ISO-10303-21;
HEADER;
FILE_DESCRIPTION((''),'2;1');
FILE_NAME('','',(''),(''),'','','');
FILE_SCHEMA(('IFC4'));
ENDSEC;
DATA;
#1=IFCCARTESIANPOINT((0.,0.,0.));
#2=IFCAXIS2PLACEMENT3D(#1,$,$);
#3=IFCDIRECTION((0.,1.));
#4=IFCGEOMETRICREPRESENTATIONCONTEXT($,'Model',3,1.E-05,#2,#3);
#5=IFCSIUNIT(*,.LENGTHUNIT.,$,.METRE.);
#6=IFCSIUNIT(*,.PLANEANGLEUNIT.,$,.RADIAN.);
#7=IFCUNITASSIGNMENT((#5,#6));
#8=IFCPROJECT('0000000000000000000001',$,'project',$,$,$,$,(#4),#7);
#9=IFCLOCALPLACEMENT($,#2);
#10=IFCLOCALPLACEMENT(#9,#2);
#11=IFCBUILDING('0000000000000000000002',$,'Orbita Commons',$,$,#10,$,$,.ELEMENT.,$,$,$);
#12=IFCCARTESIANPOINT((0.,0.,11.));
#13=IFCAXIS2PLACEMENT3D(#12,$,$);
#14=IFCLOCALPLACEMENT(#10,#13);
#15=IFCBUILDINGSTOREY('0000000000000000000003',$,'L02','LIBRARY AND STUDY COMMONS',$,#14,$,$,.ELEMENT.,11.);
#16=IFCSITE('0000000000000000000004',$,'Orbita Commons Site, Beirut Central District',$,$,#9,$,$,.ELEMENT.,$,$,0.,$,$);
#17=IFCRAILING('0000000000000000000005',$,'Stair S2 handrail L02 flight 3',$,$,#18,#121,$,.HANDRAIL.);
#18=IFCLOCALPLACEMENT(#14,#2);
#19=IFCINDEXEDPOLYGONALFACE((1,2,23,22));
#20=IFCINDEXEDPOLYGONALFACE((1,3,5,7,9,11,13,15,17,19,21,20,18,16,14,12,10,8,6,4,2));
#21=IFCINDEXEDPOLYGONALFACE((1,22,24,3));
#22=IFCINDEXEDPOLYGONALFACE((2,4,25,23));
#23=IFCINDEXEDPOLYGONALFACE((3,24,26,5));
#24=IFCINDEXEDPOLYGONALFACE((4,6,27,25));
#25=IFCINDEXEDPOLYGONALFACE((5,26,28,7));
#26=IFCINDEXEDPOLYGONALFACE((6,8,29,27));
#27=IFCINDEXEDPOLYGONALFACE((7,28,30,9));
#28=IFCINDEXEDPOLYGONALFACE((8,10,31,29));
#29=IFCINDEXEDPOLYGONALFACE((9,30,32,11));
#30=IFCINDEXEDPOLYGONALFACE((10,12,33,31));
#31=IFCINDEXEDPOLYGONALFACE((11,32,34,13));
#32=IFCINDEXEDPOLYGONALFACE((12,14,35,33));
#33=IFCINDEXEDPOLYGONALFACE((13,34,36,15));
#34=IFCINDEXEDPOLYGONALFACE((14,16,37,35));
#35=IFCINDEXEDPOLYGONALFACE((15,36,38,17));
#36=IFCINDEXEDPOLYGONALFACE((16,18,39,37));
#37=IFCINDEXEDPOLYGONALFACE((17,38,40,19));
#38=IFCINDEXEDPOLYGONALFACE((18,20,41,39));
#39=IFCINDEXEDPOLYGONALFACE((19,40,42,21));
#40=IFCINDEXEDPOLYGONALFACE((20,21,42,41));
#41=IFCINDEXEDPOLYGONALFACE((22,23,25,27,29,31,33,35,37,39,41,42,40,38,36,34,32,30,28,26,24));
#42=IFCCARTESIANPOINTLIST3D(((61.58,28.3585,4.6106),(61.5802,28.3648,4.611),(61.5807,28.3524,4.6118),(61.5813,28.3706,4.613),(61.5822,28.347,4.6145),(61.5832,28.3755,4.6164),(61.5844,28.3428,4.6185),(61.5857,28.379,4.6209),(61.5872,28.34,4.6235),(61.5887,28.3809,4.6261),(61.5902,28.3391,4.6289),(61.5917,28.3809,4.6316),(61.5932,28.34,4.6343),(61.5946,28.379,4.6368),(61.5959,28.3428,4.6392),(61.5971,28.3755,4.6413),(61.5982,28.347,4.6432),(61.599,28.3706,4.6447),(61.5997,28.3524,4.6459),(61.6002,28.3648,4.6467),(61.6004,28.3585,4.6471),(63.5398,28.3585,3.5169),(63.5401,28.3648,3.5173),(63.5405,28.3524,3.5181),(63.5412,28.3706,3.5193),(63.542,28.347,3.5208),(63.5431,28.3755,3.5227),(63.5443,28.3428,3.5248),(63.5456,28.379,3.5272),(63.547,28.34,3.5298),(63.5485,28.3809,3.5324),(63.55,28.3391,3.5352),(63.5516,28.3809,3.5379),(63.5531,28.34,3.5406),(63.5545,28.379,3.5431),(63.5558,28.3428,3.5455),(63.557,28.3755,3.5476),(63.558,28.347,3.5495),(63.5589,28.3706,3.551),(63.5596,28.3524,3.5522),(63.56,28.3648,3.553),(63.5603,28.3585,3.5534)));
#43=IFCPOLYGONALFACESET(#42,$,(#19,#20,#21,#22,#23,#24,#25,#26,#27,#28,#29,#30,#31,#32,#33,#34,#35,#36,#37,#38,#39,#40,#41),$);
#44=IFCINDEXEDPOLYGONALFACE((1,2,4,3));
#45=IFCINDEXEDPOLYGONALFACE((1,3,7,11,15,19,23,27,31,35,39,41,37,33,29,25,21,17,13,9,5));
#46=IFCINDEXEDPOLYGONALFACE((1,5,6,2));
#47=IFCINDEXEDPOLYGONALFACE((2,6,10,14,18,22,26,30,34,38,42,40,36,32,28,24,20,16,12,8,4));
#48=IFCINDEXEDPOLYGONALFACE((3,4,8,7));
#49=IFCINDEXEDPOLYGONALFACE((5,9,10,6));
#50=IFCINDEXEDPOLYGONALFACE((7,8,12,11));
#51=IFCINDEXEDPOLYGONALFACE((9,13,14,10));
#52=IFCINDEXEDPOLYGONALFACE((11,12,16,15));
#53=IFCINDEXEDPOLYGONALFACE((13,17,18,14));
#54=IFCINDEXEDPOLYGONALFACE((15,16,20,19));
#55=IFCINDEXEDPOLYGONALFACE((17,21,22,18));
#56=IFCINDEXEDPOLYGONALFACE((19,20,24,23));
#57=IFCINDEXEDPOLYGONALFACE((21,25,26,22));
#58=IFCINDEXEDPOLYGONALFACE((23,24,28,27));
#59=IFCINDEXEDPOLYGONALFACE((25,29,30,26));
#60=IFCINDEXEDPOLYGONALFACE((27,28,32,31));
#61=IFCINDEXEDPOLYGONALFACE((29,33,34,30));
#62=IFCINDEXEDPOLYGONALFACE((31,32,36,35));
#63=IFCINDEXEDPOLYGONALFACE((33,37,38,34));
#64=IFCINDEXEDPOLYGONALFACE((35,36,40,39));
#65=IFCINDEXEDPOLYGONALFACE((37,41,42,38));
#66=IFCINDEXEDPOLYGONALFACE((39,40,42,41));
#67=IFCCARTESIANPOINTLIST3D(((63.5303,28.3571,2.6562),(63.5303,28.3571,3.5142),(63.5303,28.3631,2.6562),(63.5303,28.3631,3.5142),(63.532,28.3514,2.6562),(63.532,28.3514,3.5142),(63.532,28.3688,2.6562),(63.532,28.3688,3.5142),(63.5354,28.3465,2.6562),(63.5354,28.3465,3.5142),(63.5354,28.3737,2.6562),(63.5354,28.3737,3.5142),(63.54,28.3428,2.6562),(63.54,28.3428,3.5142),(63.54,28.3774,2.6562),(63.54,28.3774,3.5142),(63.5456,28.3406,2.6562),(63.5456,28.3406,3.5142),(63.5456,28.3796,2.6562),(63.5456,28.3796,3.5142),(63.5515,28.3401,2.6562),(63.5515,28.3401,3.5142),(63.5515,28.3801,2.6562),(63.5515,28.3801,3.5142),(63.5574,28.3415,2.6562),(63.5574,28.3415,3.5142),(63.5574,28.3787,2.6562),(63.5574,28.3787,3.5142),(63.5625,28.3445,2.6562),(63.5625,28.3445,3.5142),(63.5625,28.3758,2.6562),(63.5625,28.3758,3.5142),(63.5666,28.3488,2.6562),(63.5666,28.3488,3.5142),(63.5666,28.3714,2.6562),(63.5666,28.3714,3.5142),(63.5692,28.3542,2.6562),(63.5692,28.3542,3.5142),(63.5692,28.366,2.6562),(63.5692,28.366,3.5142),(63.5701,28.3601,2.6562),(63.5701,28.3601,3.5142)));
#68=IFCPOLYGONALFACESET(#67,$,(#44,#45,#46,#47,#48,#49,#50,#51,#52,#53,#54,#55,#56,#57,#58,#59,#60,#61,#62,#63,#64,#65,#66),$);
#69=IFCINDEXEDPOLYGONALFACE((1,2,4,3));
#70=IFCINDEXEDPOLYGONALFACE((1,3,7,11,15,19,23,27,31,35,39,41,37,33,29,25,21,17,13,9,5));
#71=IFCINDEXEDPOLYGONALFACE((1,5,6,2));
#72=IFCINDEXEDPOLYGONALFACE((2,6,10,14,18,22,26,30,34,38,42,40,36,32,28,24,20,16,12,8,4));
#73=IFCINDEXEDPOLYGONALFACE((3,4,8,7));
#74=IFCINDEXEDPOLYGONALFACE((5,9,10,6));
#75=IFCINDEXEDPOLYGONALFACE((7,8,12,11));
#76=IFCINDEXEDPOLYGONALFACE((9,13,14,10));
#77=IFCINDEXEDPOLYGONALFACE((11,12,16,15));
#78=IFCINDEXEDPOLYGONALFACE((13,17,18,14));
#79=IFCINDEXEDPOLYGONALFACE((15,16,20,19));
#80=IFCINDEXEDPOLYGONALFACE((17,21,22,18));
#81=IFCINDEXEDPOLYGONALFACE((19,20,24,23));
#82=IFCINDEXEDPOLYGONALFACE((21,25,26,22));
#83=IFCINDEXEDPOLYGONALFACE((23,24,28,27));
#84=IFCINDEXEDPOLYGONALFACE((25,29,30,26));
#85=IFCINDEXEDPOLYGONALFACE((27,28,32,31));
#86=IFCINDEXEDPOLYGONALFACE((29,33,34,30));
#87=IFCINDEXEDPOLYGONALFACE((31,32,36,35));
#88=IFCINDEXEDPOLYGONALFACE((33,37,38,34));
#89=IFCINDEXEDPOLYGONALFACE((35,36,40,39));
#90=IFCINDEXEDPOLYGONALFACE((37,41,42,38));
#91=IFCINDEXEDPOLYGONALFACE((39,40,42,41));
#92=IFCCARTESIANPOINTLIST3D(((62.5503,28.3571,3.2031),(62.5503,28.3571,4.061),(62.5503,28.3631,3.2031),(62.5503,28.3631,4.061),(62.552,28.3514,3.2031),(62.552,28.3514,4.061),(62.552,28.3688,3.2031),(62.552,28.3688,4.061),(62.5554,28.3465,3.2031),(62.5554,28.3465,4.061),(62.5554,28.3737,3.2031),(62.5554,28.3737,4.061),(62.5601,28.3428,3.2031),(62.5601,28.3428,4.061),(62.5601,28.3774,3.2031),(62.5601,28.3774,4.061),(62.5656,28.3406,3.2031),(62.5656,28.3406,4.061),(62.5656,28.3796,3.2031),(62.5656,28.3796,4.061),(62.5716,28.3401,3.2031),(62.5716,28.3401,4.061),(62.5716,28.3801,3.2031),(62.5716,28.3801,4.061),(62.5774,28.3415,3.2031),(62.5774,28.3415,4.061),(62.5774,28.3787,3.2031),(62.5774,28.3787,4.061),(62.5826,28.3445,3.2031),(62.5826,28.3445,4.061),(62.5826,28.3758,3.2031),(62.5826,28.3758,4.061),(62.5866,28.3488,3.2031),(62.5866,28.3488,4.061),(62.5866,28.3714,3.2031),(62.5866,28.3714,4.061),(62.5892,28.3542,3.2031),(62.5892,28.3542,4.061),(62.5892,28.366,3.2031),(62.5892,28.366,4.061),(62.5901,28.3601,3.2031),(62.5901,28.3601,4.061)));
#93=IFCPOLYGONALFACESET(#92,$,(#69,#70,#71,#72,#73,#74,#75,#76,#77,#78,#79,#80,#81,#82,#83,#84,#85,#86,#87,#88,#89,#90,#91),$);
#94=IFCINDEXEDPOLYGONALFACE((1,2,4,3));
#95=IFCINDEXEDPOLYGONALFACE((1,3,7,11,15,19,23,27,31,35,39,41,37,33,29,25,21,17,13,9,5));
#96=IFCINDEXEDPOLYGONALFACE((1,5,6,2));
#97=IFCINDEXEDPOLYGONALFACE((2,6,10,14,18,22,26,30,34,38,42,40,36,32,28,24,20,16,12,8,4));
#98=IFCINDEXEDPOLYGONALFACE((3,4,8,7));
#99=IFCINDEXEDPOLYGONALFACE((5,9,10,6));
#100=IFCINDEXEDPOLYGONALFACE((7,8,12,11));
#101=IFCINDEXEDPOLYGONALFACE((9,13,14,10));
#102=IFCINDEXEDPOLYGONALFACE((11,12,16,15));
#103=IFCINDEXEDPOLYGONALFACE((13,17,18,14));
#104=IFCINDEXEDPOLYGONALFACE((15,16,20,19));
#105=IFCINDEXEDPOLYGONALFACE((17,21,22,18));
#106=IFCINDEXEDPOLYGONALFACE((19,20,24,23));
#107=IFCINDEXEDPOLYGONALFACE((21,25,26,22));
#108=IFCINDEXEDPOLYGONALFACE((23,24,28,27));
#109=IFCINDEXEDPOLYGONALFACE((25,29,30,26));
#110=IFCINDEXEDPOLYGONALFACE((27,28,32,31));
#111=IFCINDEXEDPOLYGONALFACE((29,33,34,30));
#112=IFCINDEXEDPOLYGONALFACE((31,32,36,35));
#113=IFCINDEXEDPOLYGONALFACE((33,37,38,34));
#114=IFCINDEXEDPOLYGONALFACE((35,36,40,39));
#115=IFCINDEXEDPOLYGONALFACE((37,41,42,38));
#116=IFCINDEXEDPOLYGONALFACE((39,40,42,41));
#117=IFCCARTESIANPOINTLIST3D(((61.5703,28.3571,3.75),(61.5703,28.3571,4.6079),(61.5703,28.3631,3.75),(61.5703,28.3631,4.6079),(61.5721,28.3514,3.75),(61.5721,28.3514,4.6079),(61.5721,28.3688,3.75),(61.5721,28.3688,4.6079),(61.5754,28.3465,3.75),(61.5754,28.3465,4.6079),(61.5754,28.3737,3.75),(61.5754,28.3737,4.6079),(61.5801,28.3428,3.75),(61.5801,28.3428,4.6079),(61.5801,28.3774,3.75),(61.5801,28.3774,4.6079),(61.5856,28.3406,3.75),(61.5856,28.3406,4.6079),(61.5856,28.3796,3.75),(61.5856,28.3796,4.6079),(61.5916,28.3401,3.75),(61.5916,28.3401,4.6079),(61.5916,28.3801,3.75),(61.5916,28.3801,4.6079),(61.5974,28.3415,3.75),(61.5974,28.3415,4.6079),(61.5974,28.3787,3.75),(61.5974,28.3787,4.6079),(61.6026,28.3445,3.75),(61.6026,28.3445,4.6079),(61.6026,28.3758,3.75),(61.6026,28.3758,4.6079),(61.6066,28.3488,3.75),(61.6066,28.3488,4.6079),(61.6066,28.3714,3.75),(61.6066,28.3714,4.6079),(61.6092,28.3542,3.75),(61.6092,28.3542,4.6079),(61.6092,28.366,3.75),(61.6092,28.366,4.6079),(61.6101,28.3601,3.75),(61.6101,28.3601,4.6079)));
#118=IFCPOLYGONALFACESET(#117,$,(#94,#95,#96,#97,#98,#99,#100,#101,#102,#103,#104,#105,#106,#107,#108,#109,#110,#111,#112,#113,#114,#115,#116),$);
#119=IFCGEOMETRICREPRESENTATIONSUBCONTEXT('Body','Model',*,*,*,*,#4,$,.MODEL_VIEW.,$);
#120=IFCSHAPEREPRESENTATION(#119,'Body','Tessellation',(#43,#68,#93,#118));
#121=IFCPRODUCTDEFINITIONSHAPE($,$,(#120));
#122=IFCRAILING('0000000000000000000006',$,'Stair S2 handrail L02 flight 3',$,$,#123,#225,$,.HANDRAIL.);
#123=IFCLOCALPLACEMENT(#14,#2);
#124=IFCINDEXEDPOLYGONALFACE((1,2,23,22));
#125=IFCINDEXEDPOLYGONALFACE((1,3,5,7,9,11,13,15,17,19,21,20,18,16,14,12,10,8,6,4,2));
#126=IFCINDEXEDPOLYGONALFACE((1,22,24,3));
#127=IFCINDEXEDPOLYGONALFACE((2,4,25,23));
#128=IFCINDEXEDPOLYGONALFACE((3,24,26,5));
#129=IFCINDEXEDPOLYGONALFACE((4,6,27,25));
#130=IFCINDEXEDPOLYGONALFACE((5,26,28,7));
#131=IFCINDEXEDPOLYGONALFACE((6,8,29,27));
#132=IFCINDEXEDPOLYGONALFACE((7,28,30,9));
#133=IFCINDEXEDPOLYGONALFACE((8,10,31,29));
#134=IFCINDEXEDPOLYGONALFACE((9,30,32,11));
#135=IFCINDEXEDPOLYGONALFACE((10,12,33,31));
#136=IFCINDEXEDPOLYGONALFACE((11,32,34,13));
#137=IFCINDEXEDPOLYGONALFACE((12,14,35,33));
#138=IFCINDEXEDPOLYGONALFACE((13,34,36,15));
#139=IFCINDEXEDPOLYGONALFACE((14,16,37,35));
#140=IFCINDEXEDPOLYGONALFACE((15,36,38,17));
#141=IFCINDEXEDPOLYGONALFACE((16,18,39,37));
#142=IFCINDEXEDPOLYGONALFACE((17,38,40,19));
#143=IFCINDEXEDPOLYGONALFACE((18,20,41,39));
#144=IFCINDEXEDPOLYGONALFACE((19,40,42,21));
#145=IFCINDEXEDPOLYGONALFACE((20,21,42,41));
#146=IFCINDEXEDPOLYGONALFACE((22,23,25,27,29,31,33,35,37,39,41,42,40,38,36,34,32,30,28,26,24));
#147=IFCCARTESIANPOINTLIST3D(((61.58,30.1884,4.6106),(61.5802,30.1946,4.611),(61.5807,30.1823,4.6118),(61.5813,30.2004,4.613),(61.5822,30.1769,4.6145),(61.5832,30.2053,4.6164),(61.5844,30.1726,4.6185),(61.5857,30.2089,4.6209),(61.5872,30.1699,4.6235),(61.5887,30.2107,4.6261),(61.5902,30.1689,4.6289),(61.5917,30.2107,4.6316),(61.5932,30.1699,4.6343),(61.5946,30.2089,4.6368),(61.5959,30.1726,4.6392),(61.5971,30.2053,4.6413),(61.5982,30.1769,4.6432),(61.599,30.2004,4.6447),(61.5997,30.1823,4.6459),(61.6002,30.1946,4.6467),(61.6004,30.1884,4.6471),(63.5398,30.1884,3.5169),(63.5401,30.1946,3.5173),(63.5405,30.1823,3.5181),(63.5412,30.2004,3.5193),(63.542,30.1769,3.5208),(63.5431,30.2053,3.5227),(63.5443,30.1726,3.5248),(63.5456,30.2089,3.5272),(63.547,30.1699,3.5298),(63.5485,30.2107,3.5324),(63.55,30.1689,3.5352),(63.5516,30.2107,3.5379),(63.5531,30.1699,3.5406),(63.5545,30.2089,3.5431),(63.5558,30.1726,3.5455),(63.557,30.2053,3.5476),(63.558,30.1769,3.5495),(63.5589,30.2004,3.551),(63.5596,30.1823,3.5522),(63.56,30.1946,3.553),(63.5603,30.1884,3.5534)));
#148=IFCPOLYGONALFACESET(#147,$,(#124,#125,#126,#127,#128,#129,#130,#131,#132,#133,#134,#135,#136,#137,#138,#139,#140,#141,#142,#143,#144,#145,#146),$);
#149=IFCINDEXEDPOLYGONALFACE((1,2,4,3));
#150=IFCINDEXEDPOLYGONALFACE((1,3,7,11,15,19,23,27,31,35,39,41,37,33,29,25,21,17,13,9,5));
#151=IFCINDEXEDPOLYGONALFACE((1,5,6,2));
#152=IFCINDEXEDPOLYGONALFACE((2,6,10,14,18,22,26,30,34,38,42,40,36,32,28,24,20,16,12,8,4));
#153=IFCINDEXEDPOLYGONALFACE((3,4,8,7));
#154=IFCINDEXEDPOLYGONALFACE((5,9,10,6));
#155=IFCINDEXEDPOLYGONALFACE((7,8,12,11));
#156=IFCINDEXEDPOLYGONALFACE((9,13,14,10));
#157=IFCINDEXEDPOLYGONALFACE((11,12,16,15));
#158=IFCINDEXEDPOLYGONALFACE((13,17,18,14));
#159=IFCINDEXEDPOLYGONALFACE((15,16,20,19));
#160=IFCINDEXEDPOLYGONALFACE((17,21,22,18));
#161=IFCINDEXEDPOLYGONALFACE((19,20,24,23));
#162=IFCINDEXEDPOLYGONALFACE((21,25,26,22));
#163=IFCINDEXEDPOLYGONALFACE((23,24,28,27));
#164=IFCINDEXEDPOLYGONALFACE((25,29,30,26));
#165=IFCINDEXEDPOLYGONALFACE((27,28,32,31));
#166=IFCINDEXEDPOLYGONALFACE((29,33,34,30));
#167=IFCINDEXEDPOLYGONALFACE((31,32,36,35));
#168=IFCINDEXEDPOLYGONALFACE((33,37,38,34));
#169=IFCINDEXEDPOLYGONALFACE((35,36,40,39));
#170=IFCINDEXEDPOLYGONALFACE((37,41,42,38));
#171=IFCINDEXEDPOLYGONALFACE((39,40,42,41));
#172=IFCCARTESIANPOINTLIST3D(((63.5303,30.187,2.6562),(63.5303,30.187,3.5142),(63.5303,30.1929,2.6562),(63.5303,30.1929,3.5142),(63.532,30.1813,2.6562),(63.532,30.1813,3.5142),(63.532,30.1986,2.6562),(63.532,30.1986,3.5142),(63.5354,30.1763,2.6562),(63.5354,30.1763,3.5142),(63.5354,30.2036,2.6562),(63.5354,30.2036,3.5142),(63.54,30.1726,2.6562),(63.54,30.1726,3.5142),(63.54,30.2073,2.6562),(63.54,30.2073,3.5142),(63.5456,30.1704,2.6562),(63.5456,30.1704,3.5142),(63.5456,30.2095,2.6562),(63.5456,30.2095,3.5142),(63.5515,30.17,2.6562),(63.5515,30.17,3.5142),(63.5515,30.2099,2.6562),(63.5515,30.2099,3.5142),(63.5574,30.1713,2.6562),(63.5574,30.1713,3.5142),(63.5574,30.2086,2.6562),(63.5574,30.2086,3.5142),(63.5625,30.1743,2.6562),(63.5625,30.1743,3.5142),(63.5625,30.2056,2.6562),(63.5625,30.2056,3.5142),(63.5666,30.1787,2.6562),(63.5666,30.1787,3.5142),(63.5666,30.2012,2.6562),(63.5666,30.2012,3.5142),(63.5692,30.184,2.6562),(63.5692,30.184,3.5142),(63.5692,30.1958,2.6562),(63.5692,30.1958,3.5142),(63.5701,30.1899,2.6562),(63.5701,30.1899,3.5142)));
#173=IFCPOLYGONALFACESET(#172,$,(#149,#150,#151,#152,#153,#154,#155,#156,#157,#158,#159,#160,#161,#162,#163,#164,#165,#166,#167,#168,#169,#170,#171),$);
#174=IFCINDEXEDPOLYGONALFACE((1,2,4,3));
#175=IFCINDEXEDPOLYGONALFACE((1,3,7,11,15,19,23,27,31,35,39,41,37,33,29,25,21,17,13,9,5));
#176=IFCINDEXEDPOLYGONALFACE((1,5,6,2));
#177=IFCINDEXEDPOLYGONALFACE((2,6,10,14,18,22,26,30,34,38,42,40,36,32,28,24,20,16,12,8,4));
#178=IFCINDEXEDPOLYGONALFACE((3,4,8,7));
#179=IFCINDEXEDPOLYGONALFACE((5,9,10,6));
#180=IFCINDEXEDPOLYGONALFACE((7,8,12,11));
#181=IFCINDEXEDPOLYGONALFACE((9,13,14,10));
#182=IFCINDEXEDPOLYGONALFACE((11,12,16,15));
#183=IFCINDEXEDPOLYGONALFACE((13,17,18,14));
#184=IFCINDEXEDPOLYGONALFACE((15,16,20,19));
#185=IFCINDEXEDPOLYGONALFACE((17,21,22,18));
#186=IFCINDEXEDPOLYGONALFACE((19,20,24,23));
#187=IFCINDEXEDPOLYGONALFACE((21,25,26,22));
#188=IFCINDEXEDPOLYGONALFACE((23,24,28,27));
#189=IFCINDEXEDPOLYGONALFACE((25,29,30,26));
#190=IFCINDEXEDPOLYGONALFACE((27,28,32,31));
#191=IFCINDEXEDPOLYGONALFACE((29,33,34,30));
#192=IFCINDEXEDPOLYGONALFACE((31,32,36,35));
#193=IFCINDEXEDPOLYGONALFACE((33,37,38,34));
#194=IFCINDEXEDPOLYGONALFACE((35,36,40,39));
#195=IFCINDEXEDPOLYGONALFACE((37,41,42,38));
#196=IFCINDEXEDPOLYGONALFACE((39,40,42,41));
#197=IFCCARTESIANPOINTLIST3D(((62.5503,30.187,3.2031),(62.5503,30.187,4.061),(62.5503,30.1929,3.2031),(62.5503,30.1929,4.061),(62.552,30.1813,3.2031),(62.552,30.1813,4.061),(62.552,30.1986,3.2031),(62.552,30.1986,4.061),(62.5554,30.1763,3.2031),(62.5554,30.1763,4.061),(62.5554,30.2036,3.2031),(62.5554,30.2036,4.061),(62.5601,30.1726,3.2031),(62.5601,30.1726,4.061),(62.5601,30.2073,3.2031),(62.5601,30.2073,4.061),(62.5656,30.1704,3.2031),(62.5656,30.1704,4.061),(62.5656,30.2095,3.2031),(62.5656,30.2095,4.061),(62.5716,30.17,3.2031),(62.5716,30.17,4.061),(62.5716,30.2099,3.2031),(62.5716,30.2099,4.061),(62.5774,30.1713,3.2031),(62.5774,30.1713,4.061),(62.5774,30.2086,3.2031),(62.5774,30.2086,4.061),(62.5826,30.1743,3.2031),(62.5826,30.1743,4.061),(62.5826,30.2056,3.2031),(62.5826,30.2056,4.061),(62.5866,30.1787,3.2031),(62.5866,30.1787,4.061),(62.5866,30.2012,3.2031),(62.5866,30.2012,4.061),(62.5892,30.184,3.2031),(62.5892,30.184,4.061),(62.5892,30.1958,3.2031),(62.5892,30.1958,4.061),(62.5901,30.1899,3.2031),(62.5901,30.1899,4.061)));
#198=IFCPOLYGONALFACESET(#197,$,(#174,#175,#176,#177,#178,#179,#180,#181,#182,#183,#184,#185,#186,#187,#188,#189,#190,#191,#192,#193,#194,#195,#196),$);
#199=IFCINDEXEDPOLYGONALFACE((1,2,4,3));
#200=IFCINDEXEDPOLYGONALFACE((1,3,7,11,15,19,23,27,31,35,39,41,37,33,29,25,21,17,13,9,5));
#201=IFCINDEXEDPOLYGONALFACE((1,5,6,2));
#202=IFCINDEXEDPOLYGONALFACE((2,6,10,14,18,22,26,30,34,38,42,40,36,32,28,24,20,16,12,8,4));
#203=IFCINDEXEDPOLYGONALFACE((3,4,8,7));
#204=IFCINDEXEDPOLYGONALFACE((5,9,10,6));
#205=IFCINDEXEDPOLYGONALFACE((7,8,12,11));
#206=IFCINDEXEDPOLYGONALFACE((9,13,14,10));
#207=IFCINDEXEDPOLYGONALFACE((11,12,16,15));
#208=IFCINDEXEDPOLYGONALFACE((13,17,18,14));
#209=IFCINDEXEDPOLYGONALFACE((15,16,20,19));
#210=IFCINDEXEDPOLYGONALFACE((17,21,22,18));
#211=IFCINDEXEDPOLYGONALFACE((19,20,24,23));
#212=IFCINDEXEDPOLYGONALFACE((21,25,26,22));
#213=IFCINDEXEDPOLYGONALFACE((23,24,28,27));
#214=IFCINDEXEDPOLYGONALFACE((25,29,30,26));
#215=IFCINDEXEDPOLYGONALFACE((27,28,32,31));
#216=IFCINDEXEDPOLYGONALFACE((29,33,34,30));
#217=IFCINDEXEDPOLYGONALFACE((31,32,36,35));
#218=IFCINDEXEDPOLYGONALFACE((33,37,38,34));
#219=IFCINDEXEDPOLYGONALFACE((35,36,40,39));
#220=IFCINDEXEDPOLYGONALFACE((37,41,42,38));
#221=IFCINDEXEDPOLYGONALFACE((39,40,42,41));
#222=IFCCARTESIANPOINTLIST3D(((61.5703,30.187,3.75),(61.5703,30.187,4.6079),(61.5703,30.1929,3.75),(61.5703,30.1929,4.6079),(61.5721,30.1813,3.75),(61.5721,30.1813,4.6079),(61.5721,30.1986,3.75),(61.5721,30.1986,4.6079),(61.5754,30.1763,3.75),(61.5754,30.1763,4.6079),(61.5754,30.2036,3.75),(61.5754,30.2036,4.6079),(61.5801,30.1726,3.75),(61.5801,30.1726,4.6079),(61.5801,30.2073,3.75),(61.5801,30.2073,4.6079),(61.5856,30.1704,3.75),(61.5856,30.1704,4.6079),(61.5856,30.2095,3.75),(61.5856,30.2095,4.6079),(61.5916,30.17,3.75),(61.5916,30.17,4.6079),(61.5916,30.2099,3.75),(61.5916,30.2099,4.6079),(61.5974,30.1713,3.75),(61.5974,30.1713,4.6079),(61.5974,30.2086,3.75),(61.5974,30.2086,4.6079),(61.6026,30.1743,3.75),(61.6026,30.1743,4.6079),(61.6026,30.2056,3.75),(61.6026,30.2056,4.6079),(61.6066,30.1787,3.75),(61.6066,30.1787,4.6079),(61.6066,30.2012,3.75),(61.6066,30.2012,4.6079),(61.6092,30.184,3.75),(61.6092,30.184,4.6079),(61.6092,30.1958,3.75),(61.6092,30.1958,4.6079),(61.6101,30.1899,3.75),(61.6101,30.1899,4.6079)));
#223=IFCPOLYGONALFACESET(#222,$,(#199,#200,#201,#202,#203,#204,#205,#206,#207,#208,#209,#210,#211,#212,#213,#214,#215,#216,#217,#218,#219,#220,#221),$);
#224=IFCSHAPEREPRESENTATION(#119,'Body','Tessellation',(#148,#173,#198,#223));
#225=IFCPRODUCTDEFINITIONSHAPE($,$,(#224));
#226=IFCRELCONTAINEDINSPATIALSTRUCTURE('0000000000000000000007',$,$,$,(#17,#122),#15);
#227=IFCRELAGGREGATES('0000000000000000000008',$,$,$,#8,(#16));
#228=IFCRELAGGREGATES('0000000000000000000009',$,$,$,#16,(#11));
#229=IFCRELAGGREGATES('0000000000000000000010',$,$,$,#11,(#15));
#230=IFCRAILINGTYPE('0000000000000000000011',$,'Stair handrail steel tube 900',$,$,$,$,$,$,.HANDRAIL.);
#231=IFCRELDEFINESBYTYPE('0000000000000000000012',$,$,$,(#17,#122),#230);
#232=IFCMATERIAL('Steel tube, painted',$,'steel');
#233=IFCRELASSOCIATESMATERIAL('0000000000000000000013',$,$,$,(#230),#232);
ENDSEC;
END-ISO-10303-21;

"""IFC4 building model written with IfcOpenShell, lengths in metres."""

from ifc_helpers import new_model, si_unit, direction, frame, origin, origin_2d, place, context, subcontext, project, spatial, circle, extrude, material, type_object, element, save


model = new_model("IFC4")

# Units and contexts
model_context = context("Model", 3, precision=1e-05, world=origin(), true_north=direction((0.0, 1.0)))
body_context = subcontext(model_context, "Body", "Model", "MODEL_VIEW")
ifc_project = project(units=[si_unit("LENGTHUNIT", "METRE"), si_unit("PLANEANGLEUNIT", "RADIAN")], contexts=[model_context])

# Site, building, storey
site_placement = place(None, origin())
site = spatial("IfcSite", under=ifc_project, at=site_placement, Name="Orbita Commons Site, Beirut Central District", CompositionType="ELEMENT", RefElevation=0.0)
building_placement = place(site_placement, origin())
building = spatial("IfcBuilding", under=site, at=building_placement, Name="Orbita Commons", CompositionType="ELEMENT")
storey_placement = place(building_placement, frame((0.0, 0.0, 11.0)))
storey = spatial("IfcBuildingStorey", under=building, at=storey_placement, Name="L02", Description="LIBRARY AND STUDY COMMONS", CompositionType="ELEMENT", Elevation=11.0)

# Railings
ifc_material_1 = material(Name="Steel tube, painted", Category="steel")
railing_type = type_object("IfcRailingType", Name="Stair handrail steel tube 900", PredefinedType="HANDRAIL", material=ifc_material_1)
for number, where, name in (
    (1, (63.55, 28.3601, 2.6562), "Stair S2 handrail L02 flight 3"),
    (2, (63.55, 30.1899, 2.6562), "Stair S2 handrail L02 flight 3"),
):
    element("IfcRailing", number, at=place(storey_placement, frame(where)), inside=storey, type_object=railing_type, Name=name, PredefinedType="HANDRAIL", context=body_context, shape_type="SweptSolid", body=[
        extrude(circle(Radius=0.021, at=origin_2d()), frame((0.0, 0.0, 0.8789), z_axis=(-0.873232, 0.0, 0.487304), x_axis=(0.0, -1.0, 0.0)), (0.0, 0.0, 1.0), 2.2444),
        extrude(circle(Radius=0.02, at=origin_2d()), origin(), (0.0, 0.0, 1.0), 0.8579),
        extrude(circle(Radius=0.02, at=origin_2d()), frame((-0.98, 0.0, 0.5469)), (0.0, 0.0, 1.0), 0.8579),
        extrude(circle(Radius=0.02, at=origin_2d()), frame((-1.96, 0.0, 1.0938)), (0.0, 0.0, 1.0), 0.8579),
    ])

save(model, "model.ifc")
